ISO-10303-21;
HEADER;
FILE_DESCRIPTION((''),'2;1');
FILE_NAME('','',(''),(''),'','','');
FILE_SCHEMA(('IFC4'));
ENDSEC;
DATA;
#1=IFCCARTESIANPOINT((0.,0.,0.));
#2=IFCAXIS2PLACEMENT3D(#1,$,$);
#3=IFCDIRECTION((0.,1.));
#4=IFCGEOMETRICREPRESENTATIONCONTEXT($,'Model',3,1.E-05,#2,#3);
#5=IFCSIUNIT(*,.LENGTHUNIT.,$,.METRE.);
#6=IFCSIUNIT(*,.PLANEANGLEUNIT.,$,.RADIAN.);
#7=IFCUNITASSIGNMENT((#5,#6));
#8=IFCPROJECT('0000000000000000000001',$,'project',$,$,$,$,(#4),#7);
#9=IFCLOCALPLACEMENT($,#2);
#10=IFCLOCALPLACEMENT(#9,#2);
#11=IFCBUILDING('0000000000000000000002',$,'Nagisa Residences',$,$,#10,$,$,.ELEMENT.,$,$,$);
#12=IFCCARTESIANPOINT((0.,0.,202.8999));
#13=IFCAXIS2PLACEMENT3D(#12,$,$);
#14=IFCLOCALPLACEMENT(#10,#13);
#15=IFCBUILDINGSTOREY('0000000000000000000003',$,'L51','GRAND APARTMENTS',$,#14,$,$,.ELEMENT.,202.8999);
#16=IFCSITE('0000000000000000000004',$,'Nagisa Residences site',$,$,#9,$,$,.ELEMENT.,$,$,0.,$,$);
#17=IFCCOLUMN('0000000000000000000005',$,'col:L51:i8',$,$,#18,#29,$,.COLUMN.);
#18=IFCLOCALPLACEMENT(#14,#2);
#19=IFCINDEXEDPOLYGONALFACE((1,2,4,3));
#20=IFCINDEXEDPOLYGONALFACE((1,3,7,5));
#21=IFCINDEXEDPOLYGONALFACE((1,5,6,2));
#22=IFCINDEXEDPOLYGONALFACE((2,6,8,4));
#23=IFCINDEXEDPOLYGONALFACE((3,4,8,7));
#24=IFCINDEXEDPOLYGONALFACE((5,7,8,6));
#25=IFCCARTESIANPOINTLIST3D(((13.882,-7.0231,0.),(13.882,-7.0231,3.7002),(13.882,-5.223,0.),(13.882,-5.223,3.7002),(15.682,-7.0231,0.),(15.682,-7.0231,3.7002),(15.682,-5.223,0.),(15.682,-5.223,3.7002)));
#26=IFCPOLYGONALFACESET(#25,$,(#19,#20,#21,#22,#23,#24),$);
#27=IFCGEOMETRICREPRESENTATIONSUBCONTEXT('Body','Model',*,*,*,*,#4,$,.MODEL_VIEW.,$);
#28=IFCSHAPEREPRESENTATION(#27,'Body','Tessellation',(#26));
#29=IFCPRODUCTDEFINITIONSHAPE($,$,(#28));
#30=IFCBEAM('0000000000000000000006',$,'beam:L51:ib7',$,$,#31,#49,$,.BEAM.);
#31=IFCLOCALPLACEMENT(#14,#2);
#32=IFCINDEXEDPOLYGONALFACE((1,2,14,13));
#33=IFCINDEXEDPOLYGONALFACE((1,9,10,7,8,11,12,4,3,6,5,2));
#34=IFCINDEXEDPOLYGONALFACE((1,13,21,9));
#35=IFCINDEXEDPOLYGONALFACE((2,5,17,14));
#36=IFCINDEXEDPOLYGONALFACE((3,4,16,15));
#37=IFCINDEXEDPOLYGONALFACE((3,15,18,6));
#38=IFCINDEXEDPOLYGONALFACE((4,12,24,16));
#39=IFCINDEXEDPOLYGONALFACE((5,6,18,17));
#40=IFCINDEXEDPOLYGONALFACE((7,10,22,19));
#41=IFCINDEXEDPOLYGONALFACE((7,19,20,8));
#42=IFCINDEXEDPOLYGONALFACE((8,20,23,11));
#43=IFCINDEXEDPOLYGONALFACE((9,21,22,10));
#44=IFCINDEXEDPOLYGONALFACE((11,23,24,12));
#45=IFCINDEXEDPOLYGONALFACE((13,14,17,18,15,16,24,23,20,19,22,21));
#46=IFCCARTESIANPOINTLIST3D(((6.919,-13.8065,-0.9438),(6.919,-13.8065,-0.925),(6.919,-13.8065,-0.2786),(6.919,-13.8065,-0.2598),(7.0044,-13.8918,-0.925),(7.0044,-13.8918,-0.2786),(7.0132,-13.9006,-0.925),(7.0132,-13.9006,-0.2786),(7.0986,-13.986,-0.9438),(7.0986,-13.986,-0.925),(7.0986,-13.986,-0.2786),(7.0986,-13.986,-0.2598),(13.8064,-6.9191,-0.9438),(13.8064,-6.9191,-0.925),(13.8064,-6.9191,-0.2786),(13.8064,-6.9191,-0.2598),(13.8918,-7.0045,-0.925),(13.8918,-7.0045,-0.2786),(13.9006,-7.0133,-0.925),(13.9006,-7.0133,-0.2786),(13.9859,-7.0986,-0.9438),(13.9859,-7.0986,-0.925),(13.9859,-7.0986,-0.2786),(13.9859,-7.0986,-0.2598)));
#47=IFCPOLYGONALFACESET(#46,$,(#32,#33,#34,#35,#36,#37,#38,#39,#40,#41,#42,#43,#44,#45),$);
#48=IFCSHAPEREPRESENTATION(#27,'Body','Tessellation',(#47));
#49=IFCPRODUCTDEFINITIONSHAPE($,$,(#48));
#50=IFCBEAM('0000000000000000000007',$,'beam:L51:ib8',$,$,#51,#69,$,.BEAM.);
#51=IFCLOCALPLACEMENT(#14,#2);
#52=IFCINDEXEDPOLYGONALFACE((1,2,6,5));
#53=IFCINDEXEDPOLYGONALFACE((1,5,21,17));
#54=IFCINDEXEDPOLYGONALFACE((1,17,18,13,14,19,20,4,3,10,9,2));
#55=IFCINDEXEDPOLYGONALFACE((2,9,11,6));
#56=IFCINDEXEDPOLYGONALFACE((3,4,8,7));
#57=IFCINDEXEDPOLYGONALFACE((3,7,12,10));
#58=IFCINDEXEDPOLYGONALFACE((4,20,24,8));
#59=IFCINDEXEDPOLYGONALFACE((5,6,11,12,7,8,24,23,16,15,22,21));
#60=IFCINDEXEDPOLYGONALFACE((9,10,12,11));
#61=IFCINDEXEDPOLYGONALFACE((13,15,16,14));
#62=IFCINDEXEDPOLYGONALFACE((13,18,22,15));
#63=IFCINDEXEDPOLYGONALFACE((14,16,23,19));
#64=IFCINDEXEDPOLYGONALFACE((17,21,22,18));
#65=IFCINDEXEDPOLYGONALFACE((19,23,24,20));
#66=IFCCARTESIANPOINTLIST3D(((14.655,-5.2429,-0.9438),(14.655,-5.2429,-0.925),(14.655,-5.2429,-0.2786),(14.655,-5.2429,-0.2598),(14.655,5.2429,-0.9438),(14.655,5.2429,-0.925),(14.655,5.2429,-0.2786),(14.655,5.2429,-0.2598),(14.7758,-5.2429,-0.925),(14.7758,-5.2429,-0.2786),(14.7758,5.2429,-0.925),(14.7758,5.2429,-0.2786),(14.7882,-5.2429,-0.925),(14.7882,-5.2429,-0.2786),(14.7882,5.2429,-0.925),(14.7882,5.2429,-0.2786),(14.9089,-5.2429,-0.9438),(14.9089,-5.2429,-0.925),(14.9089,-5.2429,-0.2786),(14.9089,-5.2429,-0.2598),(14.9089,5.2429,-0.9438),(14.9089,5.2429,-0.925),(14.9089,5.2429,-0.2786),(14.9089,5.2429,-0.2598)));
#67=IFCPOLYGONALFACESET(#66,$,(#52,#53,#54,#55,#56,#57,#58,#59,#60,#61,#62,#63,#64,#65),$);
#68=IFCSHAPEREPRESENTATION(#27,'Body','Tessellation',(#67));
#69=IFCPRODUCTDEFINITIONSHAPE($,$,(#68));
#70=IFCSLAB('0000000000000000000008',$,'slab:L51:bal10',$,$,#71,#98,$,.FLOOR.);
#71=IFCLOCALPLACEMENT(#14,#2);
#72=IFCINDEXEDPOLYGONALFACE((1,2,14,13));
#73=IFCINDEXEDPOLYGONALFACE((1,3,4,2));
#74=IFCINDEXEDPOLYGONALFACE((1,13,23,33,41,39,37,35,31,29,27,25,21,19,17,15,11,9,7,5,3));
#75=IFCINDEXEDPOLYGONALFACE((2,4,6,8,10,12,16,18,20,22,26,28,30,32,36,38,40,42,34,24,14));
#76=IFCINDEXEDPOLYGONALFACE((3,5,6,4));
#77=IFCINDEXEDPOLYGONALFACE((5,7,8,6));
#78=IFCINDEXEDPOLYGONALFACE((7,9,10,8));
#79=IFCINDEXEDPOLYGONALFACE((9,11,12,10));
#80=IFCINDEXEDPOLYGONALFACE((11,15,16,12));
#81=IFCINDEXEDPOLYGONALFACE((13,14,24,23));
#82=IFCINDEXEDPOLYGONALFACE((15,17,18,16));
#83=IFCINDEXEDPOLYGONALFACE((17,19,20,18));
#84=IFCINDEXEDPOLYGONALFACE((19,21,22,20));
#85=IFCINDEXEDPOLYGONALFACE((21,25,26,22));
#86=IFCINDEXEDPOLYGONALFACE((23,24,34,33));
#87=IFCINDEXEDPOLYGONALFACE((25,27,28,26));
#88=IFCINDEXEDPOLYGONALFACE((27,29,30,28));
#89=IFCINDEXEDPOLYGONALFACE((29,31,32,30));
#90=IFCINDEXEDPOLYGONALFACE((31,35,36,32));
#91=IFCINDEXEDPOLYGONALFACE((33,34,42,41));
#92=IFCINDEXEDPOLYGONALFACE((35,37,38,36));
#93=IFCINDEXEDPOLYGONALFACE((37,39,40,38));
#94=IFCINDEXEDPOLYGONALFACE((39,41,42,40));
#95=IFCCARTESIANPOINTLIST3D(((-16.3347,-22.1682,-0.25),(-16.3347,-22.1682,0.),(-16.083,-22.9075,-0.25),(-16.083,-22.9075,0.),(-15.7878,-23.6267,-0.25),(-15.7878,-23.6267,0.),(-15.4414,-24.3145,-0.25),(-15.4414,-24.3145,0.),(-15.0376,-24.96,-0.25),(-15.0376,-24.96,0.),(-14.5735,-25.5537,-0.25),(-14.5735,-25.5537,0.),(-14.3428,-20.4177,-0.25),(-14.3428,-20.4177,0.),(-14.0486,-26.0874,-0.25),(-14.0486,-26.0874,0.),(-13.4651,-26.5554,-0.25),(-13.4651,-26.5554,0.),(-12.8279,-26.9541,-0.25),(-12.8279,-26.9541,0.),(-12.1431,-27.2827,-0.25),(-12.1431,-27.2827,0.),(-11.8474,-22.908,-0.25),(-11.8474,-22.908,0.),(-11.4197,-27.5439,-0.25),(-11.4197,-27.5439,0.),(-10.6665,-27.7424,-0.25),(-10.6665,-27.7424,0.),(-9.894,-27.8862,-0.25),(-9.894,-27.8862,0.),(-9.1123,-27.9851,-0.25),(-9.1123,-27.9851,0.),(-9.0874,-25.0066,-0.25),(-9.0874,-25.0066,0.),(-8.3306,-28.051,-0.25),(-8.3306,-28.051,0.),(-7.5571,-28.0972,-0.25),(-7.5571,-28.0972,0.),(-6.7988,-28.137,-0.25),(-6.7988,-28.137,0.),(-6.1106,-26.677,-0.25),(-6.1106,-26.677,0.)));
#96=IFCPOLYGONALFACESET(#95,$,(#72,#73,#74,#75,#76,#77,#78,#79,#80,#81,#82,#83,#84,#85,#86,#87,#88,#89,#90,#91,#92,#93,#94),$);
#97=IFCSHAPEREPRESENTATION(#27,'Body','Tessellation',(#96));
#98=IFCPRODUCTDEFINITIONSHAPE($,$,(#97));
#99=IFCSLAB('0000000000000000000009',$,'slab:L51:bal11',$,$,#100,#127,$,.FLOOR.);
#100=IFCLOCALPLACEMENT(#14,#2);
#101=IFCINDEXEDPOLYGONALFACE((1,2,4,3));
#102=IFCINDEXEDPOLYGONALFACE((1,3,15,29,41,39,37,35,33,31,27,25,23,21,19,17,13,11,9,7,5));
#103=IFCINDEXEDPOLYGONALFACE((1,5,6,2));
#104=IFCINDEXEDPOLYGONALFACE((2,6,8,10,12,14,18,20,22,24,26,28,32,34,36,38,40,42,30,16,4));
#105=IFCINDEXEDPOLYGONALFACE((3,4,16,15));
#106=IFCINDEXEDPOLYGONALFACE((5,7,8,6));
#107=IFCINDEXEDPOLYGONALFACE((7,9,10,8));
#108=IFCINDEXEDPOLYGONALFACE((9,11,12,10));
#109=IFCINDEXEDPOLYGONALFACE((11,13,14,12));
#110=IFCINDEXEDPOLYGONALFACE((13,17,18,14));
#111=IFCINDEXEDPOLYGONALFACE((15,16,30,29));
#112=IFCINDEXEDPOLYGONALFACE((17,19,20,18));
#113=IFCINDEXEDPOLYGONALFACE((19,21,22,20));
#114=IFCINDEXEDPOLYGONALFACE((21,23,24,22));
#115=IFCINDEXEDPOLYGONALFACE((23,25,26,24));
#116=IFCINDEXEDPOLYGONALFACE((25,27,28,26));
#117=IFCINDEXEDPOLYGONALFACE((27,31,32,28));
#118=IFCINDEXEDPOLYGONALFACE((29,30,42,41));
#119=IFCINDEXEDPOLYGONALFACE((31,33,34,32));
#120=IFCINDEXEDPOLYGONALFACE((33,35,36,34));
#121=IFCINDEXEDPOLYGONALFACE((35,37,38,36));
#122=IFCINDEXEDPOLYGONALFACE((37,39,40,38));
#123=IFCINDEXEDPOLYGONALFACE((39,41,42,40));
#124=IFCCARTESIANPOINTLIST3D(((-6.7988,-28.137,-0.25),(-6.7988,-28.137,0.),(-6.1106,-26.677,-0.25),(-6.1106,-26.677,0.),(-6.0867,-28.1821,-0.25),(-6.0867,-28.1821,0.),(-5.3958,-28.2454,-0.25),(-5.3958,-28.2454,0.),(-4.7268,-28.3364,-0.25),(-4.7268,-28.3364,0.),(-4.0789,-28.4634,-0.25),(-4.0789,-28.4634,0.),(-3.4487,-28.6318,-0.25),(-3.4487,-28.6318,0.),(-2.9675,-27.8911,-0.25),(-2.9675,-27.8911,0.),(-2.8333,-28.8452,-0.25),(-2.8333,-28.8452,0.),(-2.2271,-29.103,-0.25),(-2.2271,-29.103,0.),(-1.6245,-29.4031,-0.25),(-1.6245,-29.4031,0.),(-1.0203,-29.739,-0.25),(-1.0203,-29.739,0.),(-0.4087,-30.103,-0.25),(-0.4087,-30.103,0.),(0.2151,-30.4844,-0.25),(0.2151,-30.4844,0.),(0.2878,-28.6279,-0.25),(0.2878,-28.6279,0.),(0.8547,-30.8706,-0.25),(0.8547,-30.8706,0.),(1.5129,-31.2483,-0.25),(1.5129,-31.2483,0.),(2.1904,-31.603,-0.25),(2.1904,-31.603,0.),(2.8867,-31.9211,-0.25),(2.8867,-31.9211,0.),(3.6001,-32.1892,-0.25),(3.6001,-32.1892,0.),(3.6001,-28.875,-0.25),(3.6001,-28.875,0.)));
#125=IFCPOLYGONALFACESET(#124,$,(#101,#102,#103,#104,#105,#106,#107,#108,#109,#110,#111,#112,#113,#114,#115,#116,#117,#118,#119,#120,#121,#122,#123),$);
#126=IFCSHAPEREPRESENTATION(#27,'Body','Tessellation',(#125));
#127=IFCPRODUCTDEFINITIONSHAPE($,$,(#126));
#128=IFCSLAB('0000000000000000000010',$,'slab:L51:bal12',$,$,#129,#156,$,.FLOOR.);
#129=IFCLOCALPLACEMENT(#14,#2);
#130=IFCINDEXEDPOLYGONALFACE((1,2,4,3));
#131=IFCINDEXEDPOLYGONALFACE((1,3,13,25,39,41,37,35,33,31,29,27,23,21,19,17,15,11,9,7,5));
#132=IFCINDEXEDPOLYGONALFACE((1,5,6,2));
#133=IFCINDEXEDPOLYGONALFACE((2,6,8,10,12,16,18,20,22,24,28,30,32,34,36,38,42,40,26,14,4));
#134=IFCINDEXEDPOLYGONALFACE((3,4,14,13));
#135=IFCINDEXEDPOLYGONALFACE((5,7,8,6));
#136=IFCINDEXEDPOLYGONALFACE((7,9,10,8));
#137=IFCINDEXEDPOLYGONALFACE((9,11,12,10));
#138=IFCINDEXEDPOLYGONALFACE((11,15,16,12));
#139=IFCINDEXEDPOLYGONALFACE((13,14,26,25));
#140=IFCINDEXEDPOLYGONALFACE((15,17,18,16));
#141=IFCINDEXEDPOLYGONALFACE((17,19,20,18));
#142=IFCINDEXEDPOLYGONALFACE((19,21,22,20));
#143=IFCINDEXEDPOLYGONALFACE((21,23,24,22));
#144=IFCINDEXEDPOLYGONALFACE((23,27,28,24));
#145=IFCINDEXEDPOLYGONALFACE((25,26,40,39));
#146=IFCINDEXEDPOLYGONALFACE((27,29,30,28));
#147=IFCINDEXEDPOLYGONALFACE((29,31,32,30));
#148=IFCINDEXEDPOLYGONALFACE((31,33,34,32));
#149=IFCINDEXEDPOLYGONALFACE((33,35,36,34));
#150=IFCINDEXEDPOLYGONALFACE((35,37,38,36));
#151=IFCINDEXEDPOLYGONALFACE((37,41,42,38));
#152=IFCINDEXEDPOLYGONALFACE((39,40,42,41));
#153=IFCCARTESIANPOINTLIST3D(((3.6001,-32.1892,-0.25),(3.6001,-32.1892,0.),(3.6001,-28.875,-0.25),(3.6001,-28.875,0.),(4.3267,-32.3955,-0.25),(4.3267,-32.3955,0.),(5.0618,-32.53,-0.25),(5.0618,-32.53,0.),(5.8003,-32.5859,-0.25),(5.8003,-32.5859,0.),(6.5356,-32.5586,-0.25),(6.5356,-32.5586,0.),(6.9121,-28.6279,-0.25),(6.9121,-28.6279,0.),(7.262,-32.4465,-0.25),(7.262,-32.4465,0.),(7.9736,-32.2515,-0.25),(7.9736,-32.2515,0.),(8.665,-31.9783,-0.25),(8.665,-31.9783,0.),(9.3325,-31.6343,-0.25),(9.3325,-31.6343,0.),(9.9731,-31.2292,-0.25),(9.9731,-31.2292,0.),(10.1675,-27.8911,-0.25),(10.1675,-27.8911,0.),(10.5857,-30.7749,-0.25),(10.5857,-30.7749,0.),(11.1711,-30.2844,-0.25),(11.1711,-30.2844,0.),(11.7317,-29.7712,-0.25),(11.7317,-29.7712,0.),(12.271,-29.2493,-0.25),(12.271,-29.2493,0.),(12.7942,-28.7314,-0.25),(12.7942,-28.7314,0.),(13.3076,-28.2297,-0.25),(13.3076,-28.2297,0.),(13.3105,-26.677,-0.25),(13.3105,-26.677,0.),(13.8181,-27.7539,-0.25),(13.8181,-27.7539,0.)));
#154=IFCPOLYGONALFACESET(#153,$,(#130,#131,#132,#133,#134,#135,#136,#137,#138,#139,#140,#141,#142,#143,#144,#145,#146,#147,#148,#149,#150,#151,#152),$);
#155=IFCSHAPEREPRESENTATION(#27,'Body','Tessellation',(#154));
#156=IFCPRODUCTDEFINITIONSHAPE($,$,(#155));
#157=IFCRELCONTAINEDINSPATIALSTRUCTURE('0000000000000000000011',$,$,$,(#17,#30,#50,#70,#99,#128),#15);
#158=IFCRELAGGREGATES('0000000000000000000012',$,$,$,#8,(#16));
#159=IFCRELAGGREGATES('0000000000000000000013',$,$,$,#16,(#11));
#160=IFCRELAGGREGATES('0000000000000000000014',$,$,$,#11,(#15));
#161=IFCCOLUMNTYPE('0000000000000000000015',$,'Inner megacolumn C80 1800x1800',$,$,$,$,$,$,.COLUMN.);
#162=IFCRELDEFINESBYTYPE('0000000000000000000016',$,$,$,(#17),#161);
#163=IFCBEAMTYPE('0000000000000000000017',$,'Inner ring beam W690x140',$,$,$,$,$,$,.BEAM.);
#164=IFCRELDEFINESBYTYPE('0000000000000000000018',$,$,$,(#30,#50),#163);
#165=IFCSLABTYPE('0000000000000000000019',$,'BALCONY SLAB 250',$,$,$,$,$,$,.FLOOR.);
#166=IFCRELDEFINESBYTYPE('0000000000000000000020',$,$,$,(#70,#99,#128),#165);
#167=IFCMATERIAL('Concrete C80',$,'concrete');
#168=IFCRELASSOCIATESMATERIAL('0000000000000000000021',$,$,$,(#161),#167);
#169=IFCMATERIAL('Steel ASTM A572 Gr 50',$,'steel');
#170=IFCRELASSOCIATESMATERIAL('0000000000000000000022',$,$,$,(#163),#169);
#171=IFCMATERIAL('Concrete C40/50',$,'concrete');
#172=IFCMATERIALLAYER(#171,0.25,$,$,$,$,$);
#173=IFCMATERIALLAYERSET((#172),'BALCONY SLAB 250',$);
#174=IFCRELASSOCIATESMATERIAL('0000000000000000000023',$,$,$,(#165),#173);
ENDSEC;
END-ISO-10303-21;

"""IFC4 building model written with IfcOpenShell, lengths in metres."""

from ifc_helpers import new_model, si_unit, direction, frame, origin, origin_2d, place, context, subcontext, project, spatial, polyline, rectangle, i_section, outline, extrude, material, layer, layer_set, material_profile, profile_set, type_object, element, save


model = new_model("IFC4")

# Units and contexts
model_context = context("Model", 3, precision=1e-05, world=origin(), true_north=direction((0.0, 1.0)))
body_context = subcontext(model_context, "Body", "Model", "MODEL_VIEW")
ifc_project = project(units=[si_unit("LENGTHUNIT", "METRE"), si_unit("PLANEANGLEUNIT", "RADIAN")], contexts=[model_context])

# Site, building, storey
site_placement = place(None, origin())
site = spatial("IfcSite", under=ifc_project, at=site_placement, Name="Nagisa Residences site", CompositionType="ELEMENT", RefElevation=0.0)
building_placement = place(site_placement, origin())
building = spatial("IfcBuilding", under=site, at=building_placement, Name="Nagisa Residences", CompositionType="ELEMENT")
storey_placement = place(building_placement, frame((0.0, 0.0, 202.8999)))
storey = spatial("IfcBuildingStorey", under=building, at=storey_placement, Name="L51", Description="GRAND APARTMENTS", CompositionType="ELEMENT", Elevation=202.8999)

# Column
ifc_material_1 = material(Name="Concrete C80", Category="concrete")
ifc_material_profile_1 = material_profile(ifc_material_1, rectangle(XDim=1.8, YDim=1.8, at=origin_2d()), Name="C80 1800x1800")
ifc_profile_set_1 = profile_set([ifc_material_profile_1], Name="Concrete C80")
column_type = type_object("IfcColumnType", Name="Inner megacolumn C80 1800x1800", PredefinedType="COLUMN", material=ifc_profile_set_1)
column_placement = place(storey_placement, frame((14.782, -6.123, 0.0), z_axis=(0.0, 0.0, 1.0), x_axis=(1.0, 0.0, 0.0)))
element("IfcColumn", 1, at=column_placement, inside=storey, type_object=column_type, Name="col:L51:i8", PredefinedType="COLUMN", context=body_context, shape_type="SweptSolid", body=[
    extrude(rectangle(XDim=1.8, YDim=1.8, at=origin_2d()), origin(), (0.0, 0.0, 1.0), 3.7002),
])

# Beams
ifc_material_2 = material(Name="Steel ASTM A572 Gr 50", Category="steel")
ifc_material_profile_2 = material_profile(ifc_material_2, i_section(OverallWidth=0.2539, OverallDepth=0.6841, WebThickness=0.0125, FlangeThickness=0.0188, at=origin_2d()), Name="W690x140")
ifc_profile_set_2 = profile_set([ifc_material_profile_2], Name="Steel ASTM A572 Gr 50")
beam_type = type_object("IfcBeamType", Name="Inner ring beam W690x140", PredefinedType="BEAM", material=ifc_profile_set_2)
beam_1_placement = place(storey_placement, frame((7.0088, -13.8962, -0.6018), z_axis=(0.707107, 0.707107, 0.0), x_axis=(-0.707107, 0.707107, 0.0)))
element("IfcBeam", 2, at=beam_1_placement, inside=storey, type_object=beam_type, Name="beam:L51:ib7", PredefinedType="BEAM", context=body_context, shape_type="SweptSolid", body=[
    extrude(i_section(OverallWidth=0.2539, OverallDepth=0.6841, WebThickness=0.0125, FlangeThickness=0.0188, at=origin_2d()), origin(), (0.0, 0.0, 1.0), 9.7402),
])
beam_2_placement = place(storey_placement, frame((14.782, -5.2429, -0.6018), z_axis=(0.0, 1.0, 0.0), x_axis=(-1.0, 0.0, 0.0)))
element("IfcBeam", 3, at=beam_2_placement, inside=storey, type_object=beam_type, Name="beam:L51:ib8", PredefinedType="BEAM", context=body_context, shape_type="SweptSolid", body=[
    extrude(i_section(OverallWidth=0.2539, OverallDepth=0.6841, WebThickness=0.0125, FlangeThickness=0.0188, at=origin_2d()), origin(), (0.0, 0.0, 1.0), 10.4858),
])

# Slabs
ifc_material_3 = material(Name="Concrete C40/50", Category="concrete")
ifc_layer_1 = layer(ifc_material_3, 0.25)
ifc_layer_set_1 = layer_set([ifc_layer_1], Name="BALCONY SLAB 250")
slab_type = type_object("IfcSlabType", Name="BALCONY SLAB 250", PredefinedType="FLOOR", material=ifc_layer_set_1)
slab_1_placement = place(storey_placement, frame((0.0, 0.0, -0.25)))
element("IfcSlab", 4, at=slab_1_placement, inside=storey, type_object=slab_type, Name="slab:L51:bal10", PredefinedType="FLOOR", context=body_context, shape_type="SweptSolid", body=[
    extrude(outline(polyline([(-16.3347, -22.1682), (-16.083, -22.9075), (-15.7878, -23.6267), (-15.4414, -24.3145), (-15.0376, -24.96), (-14.5735, -25.5537), (-14.0486, -26.0874), (-13.4651, -26.5554), (-12.8279, -26.9541), (-12.1431, -27.2827), (-11.4197, -27.5439), (-10.6665, -27.7424), (-9.894, -27.8862), (-9.1123, -27.9851), (-8.3306, -28.051), (-7.5571, -28.0972), (-6.7988, -28.137), (-6.1106, -26.677), (-9.0874, -25.0066), (-11.8474, -22.908), (-14.3428, -20.4177), (-16.3347, -22.1682)])), origin(), (0.0, 0.0, 1.0), 0.25),
])
slab_2_placement = place(storey_placement, frame((0.0, 0.0, -0.25)))
element("IfcSlab", 5, at=slab_2_placement, inside=storey, type_object=slab_type, Name="slab:L51:bal11", PredefinedType="FLOOR", context=body_context, shape_type="SweptSolid", body=[
    extrude(outline(polyline([(-6.7988, -28.137), (-6.0867, -28.1821), (-5.3958, -28.2454), (-4.7268, -28.3364), (-4.0789, -28.4634), (-3.4487, -28.6318), (-2.8333, -28.8452), (-2.2271, -29.103), (-1.6245, -29.4031), (-1.0203, -29.739), (-0.4087, -30.103), (0.2151, -30.4844), (0.8547, -30.8706), (1.5129, -31.2483), (2.1904, -31.603), (2.8867, -31.9211), (3.6001, -32.1892), (3.6001, -28.875), (0.2878, -28.6279), (-2.9675, -27.8911), (-6.1106, -26.677), (-6.7988, -28.137)])), origin(), (0.0, 0.0, 1.0), 0.25),
])
slab_3_placement = place(storey_placement, frame((0.0, 0.0, -0.25)))
element("IfcSlab", 6, at=slab_3_placement, inside=storey, type_object=slab_type, Name="slab:L51:bal12", PredefinedType="FLOOR", context=body_context, shape_type="SweptSolid", body=[
    extrude(outline(polyline([(3.6001, -32.1892), (4.3267, -32.3955), (5.0618, -32.53), (5.8003, -32.5859), (6.5356, -32.5586), (7.262, -32.4465), (7.9736, -32.2515), (8.665, -31.9783), (9.3325, -31.6343), (9.9731, -31.2292), (10.5857, -30.7749), (11.1711, -30.2844), (11.7317, -29.7712), (12.271, -29.2493), (12.7942, -28.7314), (13.3076, -28.2297), (13.8181, -27.7539), (13.3105, -26.677), (10.1675, -27.8911), (6.9121, -28.6279), (3.6001, -28.875), (3.6001, -32.1892)])), origin(), (0.0, 0.0, 1.0), 0.25),
])

save(model, "model.ifc")
